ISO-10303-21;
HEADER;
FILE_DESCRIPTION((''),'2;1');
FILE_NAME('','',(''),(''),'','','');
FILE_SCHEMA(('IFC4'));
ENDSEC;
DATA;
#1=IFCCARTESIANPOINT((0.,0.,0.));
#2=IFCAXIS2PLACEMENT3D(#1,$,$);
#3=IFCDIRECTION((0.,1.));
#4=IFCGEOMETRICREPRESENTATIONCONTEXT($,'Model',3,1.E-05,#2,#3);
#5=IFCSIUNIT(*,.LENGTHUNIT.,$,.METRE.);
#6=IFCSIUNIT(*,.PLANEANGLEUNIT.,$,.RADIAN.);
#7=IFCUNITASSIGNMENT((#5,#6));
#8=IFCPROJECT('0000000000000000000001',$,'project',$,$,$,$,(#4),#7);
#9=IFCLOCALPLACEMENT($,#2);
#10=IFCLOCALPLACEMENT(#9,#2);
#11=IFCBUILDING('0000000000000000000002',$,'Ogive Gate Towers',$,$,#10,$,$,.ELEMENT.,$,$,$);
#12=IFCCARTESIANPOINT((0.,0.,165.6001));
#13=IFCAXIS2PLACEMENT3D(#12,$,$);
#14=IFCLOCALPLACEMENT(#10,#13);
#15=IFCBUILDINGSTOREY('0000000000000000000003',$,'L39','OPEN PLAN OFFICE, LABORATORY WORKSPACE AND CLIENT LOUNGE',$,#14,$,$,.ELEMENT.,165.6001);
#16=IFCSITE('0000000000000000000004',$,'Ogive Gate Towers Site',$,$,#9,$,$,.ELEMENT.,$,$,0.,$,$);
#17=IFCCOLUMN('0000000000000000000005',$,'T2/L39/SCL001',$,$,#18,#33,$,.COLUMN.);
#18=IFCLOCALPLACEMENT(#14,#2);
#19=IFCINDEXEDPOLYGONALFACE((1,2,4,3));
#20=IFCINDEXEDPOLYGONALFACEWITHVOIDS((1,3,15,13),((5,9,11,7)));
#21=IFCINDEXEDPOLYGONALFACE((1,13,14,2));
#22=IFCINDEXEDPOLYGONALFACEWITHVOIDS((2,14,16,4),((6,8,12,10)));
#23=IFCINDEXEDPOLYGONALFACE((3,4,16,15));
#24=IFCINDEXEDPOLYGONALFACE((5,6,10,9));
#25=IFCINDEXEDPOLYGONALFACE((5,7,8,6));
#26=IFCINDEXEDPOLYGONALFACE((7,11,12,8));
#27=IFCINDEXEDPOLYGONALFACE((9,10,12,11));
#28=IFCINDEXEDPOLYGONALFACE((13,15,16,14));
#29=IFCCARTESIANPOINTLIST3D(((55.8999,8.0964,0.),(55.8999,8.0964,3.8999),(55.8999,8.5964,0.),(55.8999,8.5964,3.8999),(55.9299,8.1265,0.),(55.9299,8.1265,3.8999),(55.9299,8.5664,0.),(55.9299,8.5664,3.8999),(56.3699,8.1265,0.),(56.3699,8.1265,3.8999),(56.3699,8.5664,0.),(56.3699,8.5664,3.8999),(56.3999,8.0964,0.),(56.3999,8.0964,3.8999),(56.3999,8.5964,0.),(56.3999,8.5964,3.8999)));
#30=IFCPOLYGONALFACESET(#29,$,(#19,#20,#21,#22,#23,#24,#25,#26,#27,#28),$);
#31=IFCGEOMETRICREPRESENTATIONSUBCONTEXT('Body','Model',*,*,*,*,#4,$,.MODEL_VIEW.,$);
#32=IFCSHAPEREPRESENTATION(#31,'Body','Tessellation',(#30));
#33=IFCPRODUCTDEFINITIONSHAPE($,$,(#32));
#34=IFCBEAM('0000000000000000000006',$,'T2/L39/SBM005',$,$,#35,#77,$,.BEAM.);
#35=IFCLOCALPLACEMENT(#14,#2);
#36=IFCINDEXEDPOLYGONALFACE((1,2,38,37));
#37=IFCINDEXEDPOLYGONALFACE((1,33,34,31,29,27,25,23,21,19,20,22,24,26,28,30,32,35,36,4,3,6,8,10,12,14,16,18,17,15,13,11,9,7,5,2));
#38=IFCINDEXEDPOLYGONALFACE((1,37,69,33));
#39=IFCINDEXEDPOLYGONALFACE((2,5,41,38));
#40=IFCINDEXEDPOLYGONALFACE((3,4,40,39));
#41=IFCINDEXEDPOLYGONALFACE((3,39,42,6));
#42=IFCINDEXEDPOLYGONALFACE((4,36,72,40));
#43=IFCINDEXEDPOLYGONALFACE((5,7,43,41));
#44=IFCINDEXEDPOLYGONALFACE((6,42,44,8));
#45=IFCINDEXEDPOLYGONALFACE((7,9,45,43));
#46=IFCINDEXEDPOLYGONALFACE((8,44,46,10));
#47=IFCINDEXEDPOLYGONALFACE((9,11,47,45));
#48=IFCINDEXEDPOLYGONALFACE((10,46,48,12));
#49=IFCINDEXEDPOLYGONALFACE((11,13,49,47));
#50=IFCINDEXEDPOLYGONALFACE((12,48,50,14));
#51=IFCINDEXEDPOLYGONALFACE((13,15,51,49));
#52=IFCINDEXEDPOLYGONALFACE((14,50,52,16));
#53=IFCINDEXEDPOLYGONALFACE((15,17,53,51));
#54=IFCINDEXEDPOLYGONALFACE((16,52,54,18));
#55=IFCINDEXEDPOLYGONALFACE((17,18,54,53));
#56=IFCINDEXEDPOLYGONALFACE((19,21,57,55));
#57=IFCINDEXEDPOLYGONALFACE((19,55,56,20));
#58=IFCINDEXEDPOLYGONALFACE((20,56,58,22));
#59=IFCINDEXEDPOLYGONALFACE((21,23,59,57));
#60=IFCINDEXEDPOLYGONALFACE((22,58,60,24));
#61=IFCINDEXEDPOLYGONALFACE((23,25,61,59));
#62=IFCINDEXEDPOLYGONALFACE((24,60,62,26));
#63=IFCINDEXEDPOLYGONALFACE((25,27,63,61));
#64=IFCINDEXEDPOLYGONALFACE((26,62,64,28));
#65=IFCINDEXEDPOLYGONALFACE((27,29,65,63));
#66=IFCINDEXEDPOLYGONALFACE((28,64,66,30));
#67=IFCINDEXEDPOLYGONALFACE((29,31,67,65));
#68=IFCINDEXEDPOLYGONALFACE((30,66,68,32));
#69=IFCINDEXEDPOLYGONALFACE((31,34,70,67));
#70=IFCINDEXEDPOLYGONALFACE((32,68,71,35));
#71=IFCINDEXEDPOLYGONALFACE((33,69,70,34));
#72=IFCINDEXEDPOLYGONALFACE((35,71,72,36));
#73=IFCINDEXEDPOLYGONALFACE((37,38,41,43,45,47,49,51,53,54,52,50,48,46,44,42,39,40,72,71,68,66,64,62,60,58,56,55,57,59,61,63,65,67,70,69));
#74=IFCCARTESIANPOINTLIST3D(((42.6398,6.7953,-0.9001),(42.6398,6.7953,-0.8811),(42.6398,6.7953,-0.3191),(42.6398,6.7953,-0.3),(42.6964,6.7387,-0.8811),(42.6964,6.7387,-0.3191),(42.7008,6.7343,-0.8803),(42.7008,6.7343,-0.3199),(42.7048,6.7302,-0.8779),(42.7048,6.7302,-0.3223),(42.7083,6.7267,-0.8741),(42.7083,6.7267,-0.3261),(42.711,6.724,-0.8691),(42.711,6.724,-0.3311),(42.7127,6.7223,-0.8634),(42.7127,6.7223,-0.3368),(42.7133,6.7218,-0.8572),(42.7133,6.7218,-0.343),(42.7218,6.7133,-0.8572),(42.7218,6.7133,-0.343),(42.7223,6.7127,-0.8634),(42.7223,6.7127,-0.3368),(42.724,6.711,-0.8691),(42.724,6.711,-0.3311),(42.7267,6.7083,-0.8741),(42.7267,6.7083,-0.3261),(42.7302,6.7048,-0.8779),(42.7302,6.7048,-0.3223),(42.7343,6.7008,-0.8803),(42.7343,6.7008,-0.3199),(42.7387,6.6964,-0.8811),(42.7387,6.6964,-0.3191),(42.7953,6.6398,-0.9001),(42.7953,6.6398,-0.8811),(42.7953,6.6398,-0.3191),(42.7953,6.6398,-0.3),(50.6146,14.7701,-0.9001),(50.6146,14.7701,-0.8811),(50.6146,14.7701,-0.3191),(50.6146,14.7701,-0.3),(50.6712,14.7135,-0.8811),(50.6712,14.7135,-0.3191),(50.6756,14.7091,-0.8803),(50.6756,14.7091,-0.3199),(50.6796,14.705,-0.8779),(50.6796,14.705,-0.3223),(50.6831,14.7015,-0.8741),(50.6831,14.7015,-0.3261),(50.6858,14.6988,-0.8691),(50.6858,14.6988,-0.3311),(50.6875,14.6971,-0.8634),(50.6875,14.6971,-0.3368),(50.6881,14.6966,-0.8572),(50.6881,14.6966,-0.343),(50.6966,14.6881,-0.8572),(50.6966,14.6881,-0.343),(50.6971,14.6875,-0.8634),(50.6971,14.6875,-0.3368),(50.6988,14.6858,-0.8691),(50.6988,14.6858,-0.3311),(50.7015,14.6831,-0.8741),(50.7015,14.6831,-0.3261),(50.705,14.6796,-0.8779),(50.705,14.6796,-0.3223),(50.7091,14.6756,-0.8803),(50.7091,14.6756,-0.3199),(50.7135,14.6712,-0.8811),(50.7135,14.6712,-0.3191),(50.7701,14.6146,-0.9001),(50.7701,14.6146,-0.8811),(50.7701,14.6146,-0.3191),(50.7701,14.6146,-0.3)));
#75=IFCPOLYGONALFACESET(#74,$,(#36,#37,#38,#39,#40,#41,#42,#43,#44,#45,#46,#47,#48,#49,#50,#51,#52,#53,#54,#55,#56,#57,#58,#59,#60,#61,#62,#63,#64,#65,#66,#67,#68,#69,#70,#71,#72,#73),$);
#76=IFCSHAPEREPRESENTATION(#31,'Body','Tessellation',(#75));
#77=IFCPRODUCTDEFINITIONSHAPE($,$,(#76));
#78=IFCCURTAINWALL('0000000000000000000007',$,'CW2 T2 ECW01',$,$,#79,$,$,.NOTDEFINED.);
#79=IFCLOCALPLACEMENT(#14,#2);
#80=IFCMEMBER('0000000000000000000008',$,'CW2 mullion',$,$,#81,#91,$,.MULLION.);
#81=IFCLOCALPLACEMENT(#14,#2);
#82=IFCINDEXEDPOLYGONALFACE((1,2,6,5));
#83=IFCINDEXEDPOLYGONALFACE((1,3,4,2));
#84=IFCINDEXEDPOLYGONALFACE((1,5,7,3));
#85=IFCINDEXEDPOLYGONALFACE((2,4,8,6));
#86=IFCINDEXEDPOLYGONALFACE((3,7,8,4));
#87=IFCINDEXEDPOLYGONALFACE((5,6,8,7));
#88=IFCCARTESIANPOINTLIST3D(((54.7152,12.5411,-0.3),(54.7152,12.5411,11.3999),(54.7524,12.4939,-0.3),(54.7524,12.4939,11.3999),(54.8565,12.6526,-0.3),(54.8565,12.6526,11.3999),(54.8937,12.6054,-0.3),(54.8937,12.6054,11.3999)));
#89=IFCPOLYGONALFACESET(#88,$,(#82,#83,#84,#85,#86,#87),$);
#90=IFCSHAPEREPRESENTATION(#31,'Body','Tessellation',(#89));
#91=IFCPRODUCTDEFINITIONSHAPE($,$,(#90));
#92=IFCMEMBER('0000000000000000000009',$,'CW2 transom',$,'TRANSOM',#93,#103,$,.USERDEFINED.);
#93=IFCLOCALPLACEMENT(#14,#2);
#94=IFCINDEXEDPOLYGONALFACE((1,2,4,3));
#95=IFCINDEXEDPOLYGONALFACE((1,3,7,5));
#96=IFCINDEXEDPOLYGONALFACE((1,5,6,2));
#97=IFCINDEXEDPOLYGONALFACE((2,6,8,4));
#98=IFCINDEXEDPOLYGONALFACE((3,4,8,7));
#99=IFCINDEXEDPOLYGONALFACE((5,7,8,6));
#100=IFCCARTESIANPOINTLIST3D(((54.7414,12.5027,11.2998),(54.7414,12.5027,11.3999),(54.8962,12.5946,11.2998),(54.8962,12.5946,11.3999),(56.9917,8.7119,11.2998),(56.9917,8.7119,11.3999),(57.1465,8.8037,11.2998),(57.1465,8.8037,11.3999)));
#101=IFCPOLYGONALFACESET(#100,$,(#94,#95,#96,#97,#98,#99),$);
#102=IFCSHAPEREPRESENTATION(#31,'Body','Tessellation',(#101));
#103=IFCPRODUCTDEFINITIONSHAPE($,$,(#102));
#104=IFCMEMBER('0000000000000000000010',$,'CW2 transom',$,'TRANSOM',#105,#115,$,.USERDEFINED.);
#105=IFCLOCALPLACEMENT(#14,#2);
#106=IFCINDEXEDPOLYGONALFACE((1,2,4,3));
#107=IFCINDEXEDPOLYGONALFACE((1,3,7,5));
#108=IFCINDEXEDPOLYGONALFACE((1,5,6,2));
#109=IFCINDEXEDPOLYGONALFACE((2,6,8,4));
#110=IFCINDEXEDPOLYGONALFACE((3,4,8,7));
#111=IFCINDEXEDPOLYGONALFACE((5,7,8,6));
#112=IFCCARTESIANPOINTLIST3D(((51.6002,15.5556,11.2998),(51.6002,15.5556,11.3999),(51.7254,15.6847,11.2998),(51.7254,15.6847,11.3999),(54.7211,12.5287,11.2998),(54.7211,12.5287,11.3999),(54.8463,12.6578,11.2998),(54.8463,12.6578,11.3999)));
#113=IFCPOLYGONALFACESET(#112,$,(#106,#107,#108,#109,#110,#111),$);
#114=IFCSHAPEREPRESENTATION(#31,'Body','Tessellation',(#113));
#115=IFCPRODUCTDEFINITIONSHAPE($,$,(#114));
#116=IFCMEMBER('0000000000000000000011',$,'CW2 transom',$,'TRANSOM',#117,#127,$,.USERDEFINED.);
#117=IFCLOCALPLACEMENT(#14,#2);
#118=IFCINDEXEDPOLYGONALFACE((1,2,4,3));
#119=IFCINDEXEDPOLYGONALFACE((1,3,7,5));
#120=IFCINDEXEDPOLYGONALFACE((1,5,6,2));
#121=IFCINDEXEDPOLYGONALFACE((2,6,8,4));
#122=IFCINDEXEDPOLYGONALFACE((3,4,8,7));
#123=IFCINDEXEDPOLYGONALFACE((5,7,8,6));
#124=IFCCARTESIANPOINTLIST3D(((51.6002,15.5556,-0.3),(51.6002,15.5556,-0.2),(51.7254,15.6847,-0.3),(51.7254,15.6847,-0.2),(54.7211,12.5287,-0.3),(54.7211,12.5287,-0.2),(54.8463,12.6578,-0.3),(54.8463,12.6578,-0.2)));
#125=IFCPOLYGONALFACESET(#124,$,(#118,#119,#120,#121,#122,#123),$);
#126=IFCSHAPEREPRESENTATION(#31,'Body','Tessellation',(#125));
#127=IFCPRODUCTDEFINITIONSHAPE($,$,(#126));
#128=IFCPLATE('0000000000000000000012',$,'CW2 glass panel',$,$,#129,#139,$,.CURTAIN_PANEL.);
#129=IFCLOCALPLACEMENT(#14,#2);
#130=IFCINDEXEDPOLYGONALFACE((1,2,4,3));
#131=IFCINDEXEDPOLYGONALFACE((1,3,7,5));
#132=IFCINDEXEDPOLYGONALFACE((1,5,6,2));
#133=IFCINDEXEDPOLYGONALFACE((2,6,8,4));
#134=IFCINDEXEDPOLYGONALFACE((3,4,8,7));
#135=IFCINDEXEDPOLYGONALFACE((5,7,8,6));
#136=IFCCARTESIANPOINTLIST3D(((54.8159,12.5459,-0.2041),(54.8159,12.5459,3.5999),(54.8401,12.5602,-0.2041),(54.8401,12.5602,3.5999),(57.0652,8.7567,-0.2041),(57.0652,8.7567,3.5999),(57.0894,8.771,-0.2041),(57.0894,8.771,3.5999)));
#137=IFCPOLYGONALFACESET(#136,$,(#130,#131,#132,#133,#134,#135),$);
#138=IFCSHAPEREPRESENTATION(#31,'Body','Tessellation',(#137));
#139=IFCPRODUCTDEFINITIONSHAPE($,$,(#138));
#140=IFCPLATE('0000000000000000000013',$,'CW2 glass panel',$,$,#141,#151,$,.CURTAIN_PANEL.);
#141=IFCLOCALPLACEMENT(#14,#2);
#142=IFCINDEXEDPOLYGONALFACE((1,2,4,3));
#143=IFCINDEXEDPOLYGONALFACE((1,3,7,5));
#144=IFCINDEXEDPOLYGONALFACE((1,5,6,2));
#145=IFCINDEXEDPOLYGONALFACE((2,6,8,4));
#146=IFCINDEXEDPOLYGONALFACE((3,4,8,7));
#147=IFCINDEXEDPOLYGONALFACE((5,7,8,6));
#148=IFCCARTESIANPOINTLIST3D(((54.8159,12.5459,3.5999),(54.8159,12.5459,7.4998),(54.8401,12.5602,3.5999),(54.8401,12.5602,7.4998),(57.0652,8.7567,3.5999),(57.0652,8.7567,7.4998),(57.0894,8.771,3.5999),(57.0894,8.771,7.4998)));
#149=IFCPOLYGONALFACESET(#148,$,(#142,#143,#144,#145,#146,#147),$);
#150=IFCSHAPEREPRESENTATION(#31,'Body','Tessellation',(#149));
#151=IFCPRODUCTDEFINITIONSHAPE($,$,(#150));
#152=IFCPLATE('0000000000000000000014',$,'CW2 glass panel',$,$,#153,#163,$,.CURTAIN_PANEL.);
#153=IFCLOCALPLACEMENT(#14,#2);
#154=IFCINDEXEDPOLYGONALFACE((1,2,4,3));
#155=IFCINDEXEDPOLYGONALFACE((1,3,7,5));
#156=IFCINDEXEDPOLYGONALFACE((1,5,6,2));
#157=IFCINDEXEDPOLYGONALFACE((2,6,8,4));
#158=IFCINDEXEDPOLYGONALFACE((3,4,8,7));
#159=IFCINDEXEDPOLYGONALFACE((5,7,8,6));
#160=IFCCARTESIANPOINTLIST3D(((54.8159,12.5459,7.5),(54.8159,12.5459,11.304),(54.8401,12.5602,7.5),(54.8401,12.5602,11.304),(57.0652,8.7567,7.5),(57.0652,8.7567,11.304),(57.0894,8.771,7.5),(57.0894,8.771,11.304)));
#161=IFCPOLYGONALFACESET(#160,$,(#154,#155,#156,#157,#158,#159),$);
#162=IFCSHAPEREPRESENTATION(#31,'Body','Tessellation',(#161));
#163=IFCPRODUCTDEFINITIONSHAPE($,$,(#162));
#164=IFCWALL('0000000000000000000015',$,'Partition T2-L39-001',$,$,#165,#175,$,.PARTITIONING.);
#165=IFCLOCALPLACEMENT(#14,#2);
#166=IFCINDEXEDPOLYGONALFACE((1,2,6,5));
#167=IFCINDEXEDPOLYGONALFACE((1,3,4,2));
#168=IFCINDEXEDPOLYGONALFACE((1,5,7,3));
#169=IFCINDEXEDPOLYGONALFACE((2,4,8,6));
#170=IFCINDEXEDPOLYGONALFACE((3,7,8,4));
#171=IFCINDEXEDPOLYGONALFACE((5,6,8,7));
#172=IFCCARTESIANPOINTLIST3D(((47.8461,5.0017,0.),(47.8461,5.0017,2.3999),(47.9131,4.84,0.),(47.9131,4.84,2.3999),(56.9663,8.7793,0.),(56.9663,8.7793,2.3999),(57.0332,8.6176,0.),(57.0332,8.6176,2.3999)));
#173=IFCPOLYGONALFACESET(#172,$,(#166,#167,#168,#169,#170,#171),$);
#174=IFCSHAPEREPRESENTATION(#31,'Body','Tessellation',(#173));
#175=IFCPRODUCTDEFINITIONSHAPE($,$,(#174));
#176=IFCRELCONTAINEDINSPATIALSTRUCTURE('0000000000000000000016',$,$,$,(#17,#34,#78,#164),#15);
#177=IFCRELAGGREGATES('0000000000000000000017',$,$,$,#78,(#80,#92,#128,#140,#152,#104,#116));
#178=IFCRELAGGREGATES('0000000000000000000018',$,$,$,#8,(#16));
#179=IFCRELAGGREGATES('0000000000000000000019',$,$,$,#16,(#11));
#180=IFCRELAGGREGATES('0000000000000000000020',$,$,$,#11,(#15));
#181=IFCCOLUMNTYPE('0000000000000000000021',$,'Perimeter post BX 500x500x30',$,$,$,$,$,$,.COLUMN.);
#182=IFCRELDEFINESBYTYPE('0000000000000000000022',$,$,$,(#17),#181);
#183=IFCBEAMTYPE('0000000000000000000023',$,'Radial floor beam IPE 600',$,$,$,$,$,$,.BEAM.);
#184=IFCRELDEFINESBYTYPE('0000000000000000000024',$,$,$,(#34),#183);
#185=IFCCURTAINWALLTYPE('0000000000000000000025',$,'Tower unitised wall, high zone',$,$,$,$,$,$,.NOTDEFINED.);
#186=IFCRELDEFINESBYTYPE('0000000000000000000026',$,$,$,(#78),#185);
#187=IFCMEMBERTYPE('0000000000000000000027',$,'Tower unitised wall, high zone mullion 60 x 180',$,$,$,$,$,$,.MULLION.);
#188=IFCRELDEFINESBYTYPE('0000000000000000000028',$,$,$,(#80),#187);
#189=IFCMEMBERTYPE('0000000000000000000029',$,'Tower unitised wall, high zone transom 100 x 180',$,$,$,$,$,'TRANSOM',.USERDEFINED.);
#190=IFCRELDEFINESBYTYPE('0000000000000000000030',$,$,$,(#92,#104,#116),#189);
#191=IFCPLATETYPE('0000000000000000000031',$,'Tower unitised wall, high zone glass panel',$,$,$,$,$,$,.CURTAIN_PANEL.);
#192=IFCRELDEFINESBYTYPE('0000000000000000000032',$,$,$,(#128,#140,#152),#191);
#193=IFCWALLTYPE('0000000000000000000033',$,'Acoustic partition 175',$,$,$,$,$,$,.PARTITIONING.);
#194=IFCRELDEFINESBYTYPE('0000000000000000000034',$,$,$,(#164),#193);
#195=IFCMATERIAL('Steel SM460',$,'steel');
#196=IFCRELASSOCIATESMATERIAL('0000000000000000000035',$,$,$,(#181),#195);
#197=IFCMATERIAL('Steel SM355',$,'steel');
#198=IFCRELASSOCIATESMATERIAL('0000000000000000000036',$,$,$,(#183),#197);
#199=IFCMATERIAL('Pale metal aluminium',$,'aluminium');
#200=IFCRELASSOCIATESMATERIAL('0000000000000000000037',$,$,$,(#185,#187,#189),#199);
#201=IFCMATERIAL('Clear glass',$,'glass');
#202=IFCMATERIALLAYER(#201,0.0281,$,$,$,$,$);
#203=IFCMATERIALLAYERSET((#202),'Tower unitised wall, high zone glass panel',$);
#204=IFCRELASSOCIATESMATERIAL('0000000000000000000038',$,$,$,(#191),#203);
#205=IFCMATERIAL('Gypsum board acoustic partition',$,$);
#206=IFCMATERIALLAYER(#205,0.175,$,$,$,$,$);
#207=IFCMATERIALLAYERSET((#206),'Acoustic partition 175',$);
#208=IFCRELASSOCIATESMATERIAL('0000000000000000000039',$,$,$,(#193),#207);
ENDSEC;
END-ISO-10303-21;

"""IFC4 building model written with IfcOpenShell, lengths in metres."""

from ifc_helpers import new_model, si_unit, direction, frame, frame_2d, origin, origin_2d, place, context, subcontext, project, spatial, rectangle, hollow_rectangle, i_section, extrude, material, layer, layer_set, material_profile, profile_set, type_object, element, aggregate, save


model = new_model("IFC4")

# Units and contexts
model_context = context("Model", 3, precision=1e-05, world=origin(), true_north=direction((0.0, 1.0)))
body_context = subcontext(model_context, "Body", "Model", "MODEL_VIEW")
ifc_project = project(units=[si_unit("LENGTHUNIT", "METRE"), si_unit("PLANEANGLEUNIT", "RADIAN")], contexts=[model_context])

# Site, building, storey
site_placement = place(None, origin())
site = spatial("IfcSite", under=ifc_project, at=site_placement, Name="Ogive Gate Towers Site", CompositionType="ELEMENT", RefElevation=0.0)
building_placement = place(site_placement, origin())
building = spatial("IfcBuilding", under=site, at=building_placement, Name="Ogive Gate Towers", CompositionType="ELEMENT")
storey_placement = place(building_placement, frame((0.0, 0.0, 165.6001)))
storey = spatial("IfcBuildingStorey", under=building, at=storey_placement, Name="L39", Description="OPEN PLAN OFFICE, LABORATORY WORKSPACE AND CLIENT LOUNGE", CompositionType="ELEMENT", Elevation=165.6001)

# Column
ifc_material_1 = material(Name="Steel SM460", Category="steel")
ifc_material_profile_1 = material_profile(ifc_material_1, hollow_rectangle(XDim=0.5, YDim=0.5, WallThickness=0.03, at=origin_2d()), Name="BX 500x500x30")
ifc_profile_set_1 = profile_set([ifc_material_profile_1], Name="Steel SM460")
column_type = type_object("IfcColumnType", Name="Perimeter post BX 500x500x30", PredefinedType="COLUMN", material=ifc_profile_set_1)
column_placement = place(storey_placement, frame((56.1499, 8.3464, 0.0), z_axis=(0.0, 0.0, 1.0), x_axis=(1.0, 0.0, 0.0)))
element("IfcColumn", 1, at=column_placement, inside=storey, type_object=column_type, Name="T2/L39/SCL001", PredefinedType="COLUMN", context=body_context, shape_type="SweptSolid", body=[
    extrude(hollow_rectangle(XDim=0.5, YDim=0.5, WallThickness=0.03, at=origin_2d()), origin(), (0.0, 0.0, 1.0), 3.8999),
])

# Beam
ifc_material_2 = material(Name="Steel SM355", Category="steel")
ifc_material_profile_2 = material_profile(ifc_material_2, i_section(OverallWidth=0.22, OverallDepth=0.6001, WebThickness=0.012, FlangeThickness=0.019, FilletRadius=0.0239, at=origin_2d()), Name="IPE 600")
ifc_profile_set_2 = profile_set([ifc_material_profile_2], Name="Steel SM355")
beam_type = type_object("IfcBeamType", Name="Radial floor beam IPE 600", PredefinedType="BEAM", material=ifc_profile_set_2)
beam_placement = place(storey_placement, frame((42.7175, 6.7175, -0.6001), z_axis=(0.707107, 0.707107, 0.0), x_axis=(-0.707107, 0.707107, 0.0)))
element("IfcBeam", 2, at=beam_placement, inside=storey, type_object=beam_type, Name="T2/L39/SBM005", PredefinedType="BEAM", context=body_context, shape_type="SweptSolid", body=[
    extrude(i_section(OverallWidth=0.22, OverallDepth=0.6001, WebThickness=0.012, FlangeThickness=0.019, FilletRadius=0.0239, at=origin_2d()), origin(), (0.0, 0.0, 1.0), 11.2781),
])

# Curtain wall, members, plates
ifc_material_3 = material(Name="Pale metal aluminium", Category="aluminium")
curtain_wall_type = type_object("IfcCurtainWallType", Name="Tower unitised wall, high zone", PredefinedType="NOTDEFINED", material=ifc_material_3)
curtain_wall_placement = place(storey_placement, origin())
curtain_wall = element("IfcCurtainWall", 3, at=curtain_wall_placement, inside=storey, type_object=curtain_wall_type, Name="CW2 T2 ECW01", PredefinedType="NOTDEFINED")
ifc_material_profile_3 = material_profile(ifc_material_3, rectangle(XDim=0.1799, YDim=0.0601, at=origin_2d()), Name="60 x 180 aluminium box")
ifc_profile_set_3 = profile_set([ifc_material_profile_3], Name="Pale metal aluminium")
member_type_1 = type_object("IfcMemberType", Name="Tower unitised wall, high zone mullion 60 x 180", PredefinedType="MULLION", material=ifc_profile_set_3)
member_1_placement = place(storey_placement, frame((54.8044, 12.5732, -0.3), z_axis=(0.0, 0.0, 1.0), x_axis=(0.784949, 0.61956, 0.0)))
member_1 = element("IfcMember", 4, at=member_1_placement, type_object=member_type_1, Name="CW2 mullion", PredefinedType="MULLION", context=body_context, shape_type="SweptSolid", body=[
    extrude(rectangle(XDim=0.1799, YDim=0.0601, at=origin_2d()), origin(), (0.0, 0.0, 1.0), 11.7),
])
ifc_material_profile_4 = material_profile(ifc_material_3, rectangle(XDim=0.1799, YDim=0.1001, at=origin_2d()), Name="100 x 180 aluminium box")
ifc_profile_set_4 = profile_set([ifc_material_profile_4], Name="Pale metal aluminium")
member_type_2 = type_object("IfcMemberType", Name="Tower unitised wall, high zone transom 100 x 180", ElementType="TRANSOM", PredefinedType="USERDEFINED", material=ifc_profile_set_4)
member_2_placement = place(storey_placement, frame((57.0691, 8.7578, 11.3499), z_axis=(-0.51045, 0.859907, 0.0), x_axis=(-0.859907, -0.51045, 0.0)))
member_2 = element("IfcMember", 5, at=member_2_placement, type_object=member_type_2, Name="CW2 transom", ObjectType="TRANSOM", PredefinedType="USERDEFINED", context=body_context, shape_type="SweptSolid", body=[
    extrude(rectangle(XDim=0.1799, YDim=0.1001, at=origin_2d()), origin(), (0.0, 0.0, 1.0), 4.4084),
])
member_3_placement = place(storey_placement, frame((54.7837, 12.5933, 11.3499), z_axis=(-0.717834, 0.696214, 0.0), x_axis=(-0.696214, -0.717834, 0.0)))
member_3 = element("IfcMember", 6, at=member_3_placement, type_object=member_type_2, Name="CW2 transom", ObjectType="TRANSOM", PredefinedType="USERDEFINED", context=body_context, shape_type="SweptSolid", body=[
    extrude(rectangle(XDim=0.1799, YDim=0.1001, at=origin_2d()), origin(), (0.0, 0.0, 1.0), 4.3477),
])
member_4_placement = place(storey_placement, frame((54.7837, 12.5933, -0.25), z_axis=(-0.717834, 0.696214, 0.0), x_axis=(-0.696214, -0.717834, 0.0)))
member_4 = element("IfcMember", 7, at=member_4_placement, type_object=member_type_2, Name="CW2 transom", ObjectType="TRANSOM", PredefinedType="USERDEFINED", context=body_context, shape_type="SweptSolid", body=[
    extrude(rectangle(XDim=0.1799, YDim=0.1001, at=origin_2d()), origin(), (0.0, 0.0, 1.0), 4.3477),
])
ifc_material_4 = material(Name="Clear glass", Category="glass")
ifc_layer_1 = layer(ifc_material_4, 0.0281)
ifc_layer_set_1 = layer_set([ifc_layer_1], Name="Tower unitised wall, high zone glass panel")
plate_type = type_object("IfcPlateType", Name="Tower unitised wall, high zone glass panel", PredefinedType="CURTAIN_PANEL", material=ifc_layer_set_1)
plate_1_placement = place(storey_placement, frame((55.9526, 10.6584, -0.2041), z_axis=(0.0, 0.0, 1.0), x_axis=(-0.510453, 0.859906, 0.0)))
plate_1 = element("IfcPlate", 8, at=plate_1_placement, type_object=plate_type, Name="CW2 glass panel", PredefinedType="CURTAIN_PANEL", context=body_context, shape_type="SweptSolid", body=[
    extrude(rectangle(XDim=4.4065, YDim=0.0281, at=origin_2d()), origin(), (0.0, 0.0, 1.0), 3.804),
])
plate_2_placement = place(storey_placement, frame((55.9526, 10.6584, 3.5999), z_axis=(0.0, 0.0, 1.0), x_axis=(-0.510453, 0.859906, 0.0)))
plate_2 = element("IfcPlate", 9, at=plate_2_placement, type_object=plate_type, Name="CW2 glass panel", PredefinedType="CURTAIN_PANEL", context=body_context, shape_type="SweptSolid", body=[
    extrude(rectangle(XDim=4.4065, YDim=0.0281, at=origin_2d()), origin(), (0.0, 0.0, 1.0), 3.8999),
])
plate_3_placement = place(storey_placement, frame((55.9526, 10.6584, 7.5), z_axis=(0.0, 0.0, 1.0), x_axis=(-0.510453, 0.859906, 0.0)))
plate_3 = element("IfcPlate", 10, at=plate_3_placement, type_object=plate_type, Name="CW2 glass panel", PredefinedType="CURTAIN_PANEL", context=body_context, shape_type="SweptSolid", body=[
    extrude(rectangle(XDim=4.4065, YDim=0.0281, at=origin_2d()), origin(), (0.0, 0.0, 1.0), 3.804),
])
aggregate(curtain_wall, [member_1, member_2, plate_1, plate_2, plate_3, member_3, member_4])

# Wall
ifc_material_5 = material(Name="Gypsum board acoustic partition")
ifc_layer_2 = layer(ifc_material_5, 0.175)
ifc_layer_set_2 = layer_set([ifc_layer_2], Name="Acoustic partition 175")
wall_type_1 = type_object("IfcWallType", Name="Acoustic partition 175", PredefinedType="PARTITIONING", material=ifc_layer_set_2)
wall_1_placement = place(storey_placement, frame((56.9998, 8.6985, 0.0), z_axis=(0.0, 0.0, 1.0), x_axis=(-0.923883, -0.382676, 0.0)))
element("IfcWall", 11, at=wall_1_placement, inside=storey, type_object=wall_type_1, Name="Partition T2-L39-001", PredefinedType="PARTITIONING", context=body_context, shape_type="SweptSolid", body=[
    extrude(rectangle(XDim=9.8716, YDim=0.175, at=frame_2d((4.9358, 0.0))), origin(), (0.0, 0.0, 1.0), 2.3999),
])

save(model, "model.ifc")
